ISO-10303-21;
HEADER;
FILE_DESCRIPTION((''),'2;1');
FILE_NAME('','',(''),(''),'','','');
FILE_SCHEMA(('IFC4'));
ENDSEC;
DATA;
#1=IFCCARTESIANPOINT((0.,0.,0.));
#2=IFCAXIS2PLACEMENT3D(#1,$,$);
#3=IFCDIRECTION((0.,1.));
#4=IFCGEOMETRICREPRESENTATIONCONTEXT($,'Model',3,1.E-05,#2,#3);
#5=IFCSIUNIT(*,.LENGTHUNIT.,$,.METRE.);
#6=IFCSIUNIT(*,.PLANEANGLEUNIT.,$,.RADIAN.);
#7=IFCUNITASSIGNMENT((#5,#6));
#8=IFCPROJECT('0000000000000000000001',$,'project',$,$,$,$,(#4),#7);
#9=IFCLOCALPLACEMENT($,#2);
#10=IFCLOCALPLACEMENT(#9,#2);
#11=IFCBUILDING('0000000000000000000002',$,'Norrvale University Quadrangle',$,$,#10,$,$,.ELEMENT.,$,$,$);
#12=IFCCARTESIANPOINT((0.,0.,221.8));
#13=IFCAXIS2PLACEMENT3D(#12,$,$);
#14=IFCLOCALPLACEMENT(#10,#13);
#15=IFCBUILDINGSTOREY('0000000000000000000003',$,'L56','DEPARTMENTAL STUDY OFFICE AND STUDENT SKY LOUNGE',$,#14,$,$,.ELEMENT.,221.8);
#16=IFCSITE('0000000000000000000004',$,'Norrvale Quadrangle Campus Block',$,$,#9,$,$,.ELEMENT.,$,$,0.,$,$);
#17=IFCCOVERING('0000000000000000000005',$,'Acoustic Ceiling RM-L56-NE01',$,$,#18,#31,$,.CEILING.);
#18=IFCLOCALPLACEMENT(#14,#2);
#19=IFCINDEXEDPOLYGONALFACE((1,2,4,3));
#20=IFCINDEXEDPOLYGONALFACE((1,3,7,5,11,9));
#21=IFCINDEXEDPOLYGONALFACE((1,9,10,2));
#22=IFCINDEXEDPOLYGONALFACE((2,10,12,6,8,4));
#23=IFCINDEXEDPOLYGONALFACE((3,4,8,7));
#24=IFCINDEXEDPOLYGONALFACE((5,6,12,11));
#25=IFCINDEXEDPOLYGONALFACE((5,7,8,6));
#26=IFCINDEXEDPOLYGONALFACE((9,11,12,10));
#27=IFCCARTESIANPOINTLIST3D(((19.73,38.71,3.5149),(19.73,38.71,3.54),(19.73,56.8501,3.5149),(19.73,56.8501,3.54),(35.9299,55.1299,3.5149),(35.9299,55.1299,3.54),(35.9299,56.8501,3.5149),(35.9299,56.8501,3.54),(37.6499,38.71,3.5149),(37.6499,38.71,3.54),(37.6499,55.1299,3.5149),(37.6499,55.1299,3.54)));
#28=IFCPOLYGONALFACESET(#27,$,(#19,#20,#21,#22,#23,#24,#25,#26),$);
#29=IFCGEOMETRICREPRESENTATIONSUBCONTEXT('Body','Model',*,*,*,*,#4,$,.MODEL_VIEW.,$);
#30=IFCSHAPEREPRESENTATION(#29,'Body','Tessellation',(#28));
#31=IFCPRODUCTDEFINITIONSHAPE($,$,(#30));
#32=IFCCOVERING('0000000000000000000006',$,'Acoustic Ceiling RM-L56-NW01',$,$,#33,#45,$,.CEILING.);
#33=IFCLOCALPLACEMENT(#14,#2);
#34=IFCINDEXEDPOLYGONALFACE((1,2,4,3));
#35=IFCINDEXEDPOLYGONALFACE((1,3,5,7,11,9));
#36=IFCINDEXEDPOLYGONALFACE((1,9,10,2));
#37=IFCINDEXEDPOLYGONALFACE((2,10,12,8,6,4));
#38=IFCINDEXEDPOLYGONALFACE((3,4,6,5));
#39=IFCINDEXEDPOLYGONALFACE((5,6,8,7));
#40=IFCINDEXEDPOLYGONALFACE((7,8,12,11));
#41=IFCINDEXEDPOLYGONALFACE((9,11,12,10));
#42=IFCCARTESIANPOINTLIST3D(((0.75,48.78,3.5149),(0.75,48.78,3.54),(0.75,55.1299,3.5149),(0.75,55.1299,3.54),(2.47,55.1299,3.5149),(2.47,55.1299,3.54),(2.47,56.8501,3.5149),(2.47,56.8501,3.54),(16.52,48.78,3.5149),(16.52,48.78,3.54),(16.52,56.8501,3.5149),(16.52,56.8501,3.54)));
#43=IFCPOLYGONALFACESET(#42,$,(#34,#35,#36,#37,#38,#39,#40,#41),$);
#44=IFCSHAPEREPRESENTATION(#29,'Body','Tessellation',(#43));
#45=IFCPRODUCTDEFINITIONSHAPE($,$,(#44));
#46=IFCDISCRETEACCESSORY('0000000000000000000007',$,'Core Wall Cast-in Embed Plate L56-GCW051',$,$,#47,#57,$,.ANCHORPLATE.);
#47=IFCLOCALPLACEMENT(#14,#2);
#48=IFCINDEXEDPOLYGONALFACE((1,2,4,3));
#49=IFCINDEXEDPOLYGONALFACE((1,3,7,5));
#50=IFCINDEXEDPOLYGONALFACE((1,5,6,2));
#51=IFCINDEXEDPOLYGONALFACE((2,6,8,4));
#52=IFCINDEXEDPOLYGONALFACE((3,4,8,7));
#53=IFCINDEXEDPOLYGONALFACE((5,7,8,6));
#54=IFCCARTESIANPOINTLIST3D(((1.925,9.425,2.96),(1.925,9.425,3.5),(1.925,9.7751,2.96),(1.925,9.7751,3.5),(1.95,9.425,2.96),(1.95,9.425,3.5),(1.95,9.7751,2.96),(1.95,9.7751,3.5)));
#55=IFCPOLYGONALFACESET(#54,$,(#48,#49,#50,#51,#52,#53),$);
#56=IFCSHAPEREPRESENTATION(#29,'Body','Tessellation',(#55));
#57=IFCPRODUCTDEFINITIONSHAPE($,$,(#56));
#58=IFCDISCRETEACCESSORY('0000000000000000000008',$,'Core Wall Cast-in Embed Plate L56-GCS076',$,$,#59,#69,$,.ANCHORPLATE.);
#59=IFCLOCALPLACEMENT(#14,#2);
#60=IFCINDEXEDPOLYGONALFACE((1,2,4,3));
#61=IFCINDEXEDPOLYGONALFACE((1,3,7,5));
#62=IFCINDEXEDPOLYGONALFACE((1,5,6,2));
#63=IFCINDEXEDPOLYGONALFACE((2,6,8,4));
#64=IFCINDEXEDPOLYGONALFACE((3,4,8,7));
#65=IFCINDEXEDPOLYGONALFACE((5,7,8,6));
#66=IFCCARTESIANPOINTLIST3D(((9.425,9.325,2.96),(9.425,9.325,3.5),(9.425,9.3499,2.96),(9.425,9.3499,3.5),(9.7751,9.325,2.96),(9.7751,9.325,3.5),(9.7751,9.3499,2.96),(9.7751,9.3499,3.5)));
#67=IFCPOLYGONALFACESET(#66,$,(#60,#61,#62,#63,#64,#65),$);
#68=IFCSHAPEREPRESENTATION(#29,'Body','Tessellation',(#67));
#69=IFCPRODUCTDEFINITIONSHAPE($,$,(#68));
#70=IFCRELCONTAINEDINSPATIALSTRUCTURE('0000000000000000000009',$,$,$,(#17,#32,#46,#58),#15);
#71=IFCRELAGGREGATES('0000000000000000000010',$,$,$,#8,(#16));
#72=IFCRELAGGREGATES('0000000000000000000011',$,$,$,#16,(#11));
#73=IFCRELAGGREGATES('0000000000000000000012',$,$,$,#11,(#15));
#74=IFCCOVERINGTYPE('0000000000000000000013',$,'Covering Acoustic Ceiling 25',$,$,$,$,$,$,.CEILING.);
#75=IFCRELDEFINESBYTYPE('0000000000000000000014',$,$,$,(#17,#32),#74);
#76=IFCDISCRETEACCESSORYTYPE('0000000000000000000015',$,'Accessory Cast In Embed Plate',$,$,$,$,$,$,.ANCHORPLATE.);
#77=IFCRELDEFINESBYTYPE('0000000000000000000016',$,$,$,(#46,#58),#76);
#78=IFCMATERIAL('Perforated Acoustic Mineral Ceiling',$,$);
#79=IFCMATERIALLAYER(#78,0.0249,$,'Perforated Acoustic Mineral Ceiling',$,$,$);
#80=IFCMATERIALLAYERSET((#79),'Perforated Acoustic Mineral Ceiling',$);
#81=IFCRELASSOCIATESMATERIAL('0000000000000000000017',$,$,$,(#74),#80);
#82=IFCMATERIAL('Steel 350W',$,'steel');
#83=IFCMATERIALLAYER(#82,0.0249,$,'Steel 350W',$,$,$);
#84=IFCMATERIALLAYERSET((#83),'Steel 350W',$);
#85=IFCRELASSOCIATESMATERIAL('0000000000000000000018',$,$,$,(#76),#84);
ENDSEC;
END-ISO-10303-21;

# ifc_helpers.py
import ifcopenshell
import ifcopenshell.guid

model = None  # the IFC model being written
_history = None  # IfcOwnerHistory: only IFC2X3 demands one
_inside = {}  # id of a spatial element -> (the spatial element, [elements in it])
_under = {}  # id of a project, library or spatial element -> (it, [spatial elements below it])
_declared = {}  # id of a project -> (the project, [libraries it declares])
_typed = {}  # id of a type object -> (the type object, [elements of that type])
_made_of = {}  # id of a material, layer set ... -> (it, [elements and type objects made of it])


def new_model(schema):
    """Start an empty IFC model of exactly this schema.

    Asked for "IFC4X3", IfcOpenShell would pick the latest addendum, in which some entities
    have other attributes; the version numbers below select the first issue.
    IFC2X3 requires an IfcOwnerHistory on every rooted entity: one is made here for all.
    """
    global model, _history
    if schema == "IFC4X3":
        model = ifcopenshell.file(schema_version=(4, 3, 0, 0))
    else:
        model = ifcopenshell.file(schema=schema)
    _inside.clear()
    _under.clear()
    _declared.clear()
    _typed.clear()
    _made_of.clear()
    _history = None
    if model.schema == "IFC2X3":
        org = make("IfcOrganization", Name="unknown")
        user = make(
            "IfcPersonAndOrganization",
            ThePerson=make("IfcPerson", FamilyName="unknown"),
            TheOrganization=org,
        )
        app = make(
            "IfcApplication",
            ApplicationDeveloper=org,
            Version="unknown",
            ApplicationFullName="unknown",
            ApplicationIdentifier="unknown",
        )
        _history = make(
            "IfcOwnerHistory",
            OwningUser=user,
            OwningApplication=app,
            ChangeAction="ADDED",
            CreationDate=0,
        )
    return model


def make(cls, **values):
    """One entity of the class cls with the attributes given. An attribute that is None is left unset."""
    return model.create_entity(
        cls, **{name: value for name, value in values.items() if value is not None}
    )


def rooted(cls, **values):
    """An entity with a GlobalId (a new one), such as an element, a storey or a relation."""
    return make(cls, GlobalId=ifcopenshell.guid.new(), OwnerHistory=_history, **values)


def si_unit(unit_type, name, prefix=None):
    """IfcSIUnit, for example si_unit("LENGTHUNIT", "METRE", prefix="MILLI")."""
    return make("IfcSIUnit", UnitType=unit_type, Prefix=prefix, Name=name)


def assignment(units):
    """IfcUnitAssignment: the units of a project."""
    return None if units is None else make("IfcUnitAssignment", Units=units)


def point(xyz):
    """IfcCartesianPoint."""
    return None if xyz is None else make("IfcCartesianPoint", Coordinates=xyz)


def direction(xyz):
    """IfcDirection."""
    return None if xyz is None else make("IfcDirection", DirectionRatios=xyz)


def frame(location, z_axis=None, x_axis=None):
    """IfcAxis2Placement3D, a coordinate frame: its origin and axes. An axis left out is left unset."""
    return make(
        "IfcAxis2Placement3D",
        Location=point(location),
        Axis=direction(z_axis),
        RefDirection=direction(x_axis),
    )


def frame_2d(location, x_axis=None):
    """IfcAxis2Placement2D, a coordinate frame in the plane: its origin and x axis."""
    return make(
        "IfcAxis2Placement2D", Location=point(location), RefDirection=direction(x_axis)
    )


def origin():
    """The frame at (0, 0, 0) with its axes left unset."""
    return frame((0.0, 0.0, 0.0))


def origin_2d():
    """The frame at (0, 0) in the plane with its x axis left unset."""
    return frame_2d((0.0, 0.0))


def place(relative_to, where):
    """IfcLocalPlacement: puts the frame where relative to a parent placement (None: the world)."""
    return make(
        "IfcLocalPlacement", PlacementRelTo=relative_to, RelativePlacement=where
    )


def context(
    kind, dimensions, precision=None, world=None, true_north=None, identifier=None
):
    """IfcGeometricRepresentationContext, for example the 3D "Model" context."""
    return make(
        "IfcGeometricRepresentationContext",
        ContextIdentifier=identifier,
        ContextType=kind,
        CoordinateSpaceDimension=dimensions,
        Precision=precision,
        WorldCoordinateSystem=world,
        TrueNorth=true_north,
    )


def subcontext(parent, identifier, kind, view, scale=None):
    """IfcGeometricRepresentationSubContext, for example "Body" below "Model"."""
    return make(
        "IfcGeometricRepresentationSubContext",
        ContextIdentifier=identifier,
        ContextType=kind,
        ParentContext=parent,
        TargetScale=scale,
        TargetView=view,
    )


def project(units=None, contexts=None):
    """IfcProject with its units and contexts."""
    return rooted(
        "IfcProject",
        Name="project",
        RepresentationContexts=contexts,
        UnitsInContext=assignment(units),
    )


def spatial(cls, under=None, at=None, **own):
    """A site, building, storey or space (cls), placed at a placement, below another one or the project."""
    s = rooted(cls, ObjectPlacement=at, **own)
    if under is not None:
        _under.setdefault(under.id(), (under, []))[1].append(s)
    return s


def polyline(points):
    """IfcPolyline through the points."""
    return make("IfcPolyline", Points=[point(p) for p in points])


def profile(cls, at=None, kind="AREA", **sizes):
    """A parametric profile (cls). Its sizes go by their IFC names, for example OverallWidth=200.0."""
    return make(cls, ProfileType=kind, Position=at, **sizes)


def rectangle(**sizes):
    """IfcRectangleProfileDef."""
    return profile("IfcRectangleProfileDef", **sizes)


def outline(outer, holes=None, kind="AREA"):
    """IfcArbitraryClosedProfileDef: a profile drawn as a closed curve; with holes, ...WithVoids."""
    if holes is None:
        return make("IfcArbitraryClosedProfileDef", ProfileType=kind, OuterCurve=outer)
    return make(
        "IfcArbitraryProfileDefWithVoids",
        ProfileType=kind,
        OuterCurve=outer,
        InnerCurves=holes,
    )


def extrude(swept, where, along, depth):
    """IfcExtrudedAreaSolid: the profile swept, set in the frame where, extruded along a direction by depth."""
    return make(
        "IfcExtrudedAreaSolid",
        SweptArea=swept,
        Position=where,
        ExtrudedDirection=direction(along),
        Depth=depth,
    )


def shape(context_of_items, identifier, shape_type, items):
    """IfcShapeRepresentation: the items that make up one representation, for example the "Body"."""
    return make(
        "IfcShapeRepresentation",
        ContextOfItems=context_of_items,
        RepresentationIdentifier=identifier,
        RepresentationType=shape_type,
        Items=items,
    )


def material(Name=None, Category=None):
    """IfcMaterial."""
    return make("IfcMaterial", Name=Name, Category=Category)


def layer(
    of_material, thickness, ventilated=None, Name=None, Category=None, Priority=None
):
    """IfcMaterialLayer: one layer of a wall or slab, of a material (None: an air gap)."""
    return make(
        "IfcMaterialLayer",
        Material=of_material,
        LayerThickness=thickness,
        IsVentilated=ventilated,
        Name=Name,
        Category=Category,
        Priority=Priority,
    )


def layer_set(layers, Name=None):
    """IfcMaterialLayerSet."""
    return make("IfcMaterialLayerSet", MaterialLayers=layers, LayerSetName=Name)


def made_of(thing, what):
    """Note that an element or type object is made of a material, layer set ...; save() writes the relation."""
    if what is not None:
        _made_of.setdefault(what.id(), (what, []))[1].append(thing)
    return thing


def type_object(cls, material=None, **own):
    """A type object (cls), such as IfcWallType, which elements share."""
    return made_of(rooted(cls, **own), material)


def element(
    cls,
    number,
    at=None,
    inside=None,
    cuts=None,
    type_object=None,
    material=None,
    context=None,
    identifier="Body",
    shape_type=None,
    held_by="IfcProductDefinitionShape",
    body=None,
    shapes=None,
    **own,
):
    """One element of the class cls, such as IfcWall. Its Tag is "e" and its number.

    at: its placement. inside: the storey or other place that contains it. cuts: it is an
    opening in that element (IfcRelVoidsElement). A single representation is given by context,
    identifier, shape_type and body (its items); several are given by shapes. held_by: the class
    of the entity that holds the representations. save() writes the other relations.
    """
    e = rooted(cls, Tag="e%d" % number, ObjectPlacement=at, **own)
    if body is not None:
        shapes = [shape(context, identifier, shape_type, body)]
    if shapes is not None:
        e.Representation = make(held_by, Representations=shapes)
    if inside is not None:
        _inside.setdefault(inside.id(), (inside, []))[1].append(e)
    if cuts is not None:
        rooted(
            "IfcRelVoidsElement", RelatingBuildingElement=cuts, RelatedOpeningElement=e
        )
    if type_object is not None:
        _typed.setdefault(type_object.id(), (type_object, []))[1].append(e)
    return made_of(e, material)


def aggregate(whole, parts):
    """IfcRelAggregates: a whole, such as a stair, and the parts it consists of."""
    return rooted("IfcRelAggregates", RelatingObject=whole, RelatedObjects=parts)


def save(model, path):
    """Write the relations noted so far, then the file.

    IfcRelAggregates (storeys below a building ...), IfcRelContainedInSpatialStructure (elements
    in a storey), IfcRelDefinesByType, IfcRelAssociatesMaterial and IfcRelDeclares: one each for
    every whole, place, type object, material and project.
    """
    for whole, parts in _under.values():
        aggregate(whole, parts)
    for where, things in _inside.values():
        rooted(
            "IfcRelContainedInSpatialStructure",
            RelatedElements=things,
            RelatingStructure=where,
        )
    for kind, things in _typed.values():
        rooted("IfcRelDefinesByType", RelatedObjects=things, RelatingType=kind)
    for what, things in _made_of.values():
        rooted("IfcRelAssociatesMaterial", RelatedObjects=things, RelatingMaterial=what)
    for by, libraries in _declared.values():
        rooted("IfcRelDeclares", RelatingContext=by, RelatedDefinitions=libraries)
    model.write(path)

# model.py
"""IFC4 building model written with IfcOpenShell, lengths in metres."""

from ifc_helpers import new_model, si_unit, direction, frame, origin, origin_2d, place, context, subcontext, project, spatial, polyline, rectangle, outline, extrude, material, layer, layer_set, type_object, element, save


model = new_model("IFC4")

# Units and contexts
model_context = context("Model", 3, precision=1e-05, world=origin(), true_north=direction((0.0, 1.0)))
body_context = subcontext(model_context, "Body", "Model", "MODEL_VIEW")
ifc_project = project(units=[si_unit("LENGTHUNIT", "METRE"), si_unit("PLANEANGLEUNIT", "RADIAN")], contexts=[model_context])

# Site, building, storey
site_placement = place(None, origin())
site = spatial("IfcSite", under=ifc_project, at=site_placement, Name="Norrvale Quadrangle Campus Block", CompositionType="ELEMENT", RefElevation=0.0)
building_placement = place(site_placement, origin())
building = spatial("IfcBuilding", under=site, at=building_placement, Name="Norrvale University Quadrangle", CompositionType="ELEMENT")
storey_placement = place(building_placement, frame((0.0, 0.0, 221.8)))
storey = spatial("IfcBuildingStorey", under=building, at=storey_placement, Name="L56", Description="DEPARTMENTAL STUDY OFFICE AND STUDENT SKY LOUNGE", CompositionType="ELEMENT", Elevation=221.8)

# Shared definitions
ifc_material_1 = material(Name="Steel 350W", Category="steel")

# Coverings
ifc_material_2 = material(Name="Perforated Acoustic Mineral Ceiling")
ifc_layer_1 = layer(ifc_material_2, 0.0249, Name="Perforated Acoustic Mineral Ceiling")
ifc_layer_set_1 = layer_set([ifc_layer_1], Name="Perforated Acoustic Mineral Ceiling")
covering_type = type_object("IfcCoveringType", Name="Covering Acoustic Ceiling 25", PredefinedType="CEILING", material=ifc_layer_set_1)
covering_1_placement = place(storey_placement, frame((0.0, 0.0, 3.5149)))
element("IfcCovering", 1, at=covering_1_placement, inside=storey, type_object=covering_type, Name="Acoustic Ceiling RM-L56-NE01", PredefinedType="CEILING", context=body_context, shape_type="SweptSolid", body=[
    extrude(outline(polyline([(19.73, 38.71), (19.73, 56.8501), (35.9299, 56.8501), (35.9299, 55.1299), (37.6499, 55.1299), (37.6499, 38.71), (19.73, 38.71)])), origin(), (0.0, 0.0, 1.0), 0.0251),
])
covering_2_placement = place(storey_placement, frame((0.0, 0.0, 3.5149)))
element("IfcCovering", 2, at=covering_2_placement, inside=storey, type_object=covering_type, Name="Acoustic Ceiling RM-L56-NW01", PredefinedType="CEILING", context=body_context, shape_type="SweptSolid", body=[
    extrude(outline(polyline([(16.52, 56.8501), (16.52, 48.78), (0.75, 48.78), (0.75, 55.1299), (2.47, 55.1299), (2.47, 56.8501), (16.52, 56.8501)])), origin(), (0.0, 0.0, 1.0), 0.0251),
])

# Discrete accessories
ifc_layer_2 = layer(ifc_material_1, 0.0249, Name="Steel 350W")
ifc_layer_set_2 = layer_set([ifc_layer_2], Name="Steel 350W")
discrete_accessory_type = type_object("IfcDiscreteAccessoryType", Name="Accessory Cast In Embed Plate", PredefinedType="ANCHORPLATE", material=ifc_layer_set_2)
discrete_accessory_1_placement = place(storey_placement, frame((1.9375, 9.6001, 2.96), z_axis=(0.0, 0.0, 1.0), x_axis=(1.0, 0.0, 0.0)))
element("IfcDiscreteAccessory", 3, at=discrete_accessory_1_placement, inside=storey, type_object=discrete_accessory_type, Name="Core Wall Cast-in Embed Plate L56-GCW051", PredefinedType="ANCHORPLATE", context=body_context, shape_type="SweptSolid", body=[
    extrude(rectangle(XDim=0.0249, YDim=0.3501, at=origin_2d()), origin(), (0.0, 0.0, 1.0), 0.54),
])
discrete_accessory_2_placement = place(storey_placement, frame((9.6001, 9.3374, 2.96), z_axis=(0.0, 0.0, 1.0), x_axis=(1.0, 0.0, 0.0)))
element("IfcDiscreteAccessory", 4, at=discrete_accessory_2_placement, inside=storey, type_object=discrete_accessory_type, Name="Core Wall Cast-in Embed Plate L56-GCS076", PredefinedType="ANCHORPLATE", context=body_context, shape_type="SweptSolid", body=[
    extrude(rectangle(XDim=0.3501, YDim=0.0249, at=origin_2d()), origin(), (0.0, 0.0, 1.0), 0.54),
])

save(model, "model.ifc")
